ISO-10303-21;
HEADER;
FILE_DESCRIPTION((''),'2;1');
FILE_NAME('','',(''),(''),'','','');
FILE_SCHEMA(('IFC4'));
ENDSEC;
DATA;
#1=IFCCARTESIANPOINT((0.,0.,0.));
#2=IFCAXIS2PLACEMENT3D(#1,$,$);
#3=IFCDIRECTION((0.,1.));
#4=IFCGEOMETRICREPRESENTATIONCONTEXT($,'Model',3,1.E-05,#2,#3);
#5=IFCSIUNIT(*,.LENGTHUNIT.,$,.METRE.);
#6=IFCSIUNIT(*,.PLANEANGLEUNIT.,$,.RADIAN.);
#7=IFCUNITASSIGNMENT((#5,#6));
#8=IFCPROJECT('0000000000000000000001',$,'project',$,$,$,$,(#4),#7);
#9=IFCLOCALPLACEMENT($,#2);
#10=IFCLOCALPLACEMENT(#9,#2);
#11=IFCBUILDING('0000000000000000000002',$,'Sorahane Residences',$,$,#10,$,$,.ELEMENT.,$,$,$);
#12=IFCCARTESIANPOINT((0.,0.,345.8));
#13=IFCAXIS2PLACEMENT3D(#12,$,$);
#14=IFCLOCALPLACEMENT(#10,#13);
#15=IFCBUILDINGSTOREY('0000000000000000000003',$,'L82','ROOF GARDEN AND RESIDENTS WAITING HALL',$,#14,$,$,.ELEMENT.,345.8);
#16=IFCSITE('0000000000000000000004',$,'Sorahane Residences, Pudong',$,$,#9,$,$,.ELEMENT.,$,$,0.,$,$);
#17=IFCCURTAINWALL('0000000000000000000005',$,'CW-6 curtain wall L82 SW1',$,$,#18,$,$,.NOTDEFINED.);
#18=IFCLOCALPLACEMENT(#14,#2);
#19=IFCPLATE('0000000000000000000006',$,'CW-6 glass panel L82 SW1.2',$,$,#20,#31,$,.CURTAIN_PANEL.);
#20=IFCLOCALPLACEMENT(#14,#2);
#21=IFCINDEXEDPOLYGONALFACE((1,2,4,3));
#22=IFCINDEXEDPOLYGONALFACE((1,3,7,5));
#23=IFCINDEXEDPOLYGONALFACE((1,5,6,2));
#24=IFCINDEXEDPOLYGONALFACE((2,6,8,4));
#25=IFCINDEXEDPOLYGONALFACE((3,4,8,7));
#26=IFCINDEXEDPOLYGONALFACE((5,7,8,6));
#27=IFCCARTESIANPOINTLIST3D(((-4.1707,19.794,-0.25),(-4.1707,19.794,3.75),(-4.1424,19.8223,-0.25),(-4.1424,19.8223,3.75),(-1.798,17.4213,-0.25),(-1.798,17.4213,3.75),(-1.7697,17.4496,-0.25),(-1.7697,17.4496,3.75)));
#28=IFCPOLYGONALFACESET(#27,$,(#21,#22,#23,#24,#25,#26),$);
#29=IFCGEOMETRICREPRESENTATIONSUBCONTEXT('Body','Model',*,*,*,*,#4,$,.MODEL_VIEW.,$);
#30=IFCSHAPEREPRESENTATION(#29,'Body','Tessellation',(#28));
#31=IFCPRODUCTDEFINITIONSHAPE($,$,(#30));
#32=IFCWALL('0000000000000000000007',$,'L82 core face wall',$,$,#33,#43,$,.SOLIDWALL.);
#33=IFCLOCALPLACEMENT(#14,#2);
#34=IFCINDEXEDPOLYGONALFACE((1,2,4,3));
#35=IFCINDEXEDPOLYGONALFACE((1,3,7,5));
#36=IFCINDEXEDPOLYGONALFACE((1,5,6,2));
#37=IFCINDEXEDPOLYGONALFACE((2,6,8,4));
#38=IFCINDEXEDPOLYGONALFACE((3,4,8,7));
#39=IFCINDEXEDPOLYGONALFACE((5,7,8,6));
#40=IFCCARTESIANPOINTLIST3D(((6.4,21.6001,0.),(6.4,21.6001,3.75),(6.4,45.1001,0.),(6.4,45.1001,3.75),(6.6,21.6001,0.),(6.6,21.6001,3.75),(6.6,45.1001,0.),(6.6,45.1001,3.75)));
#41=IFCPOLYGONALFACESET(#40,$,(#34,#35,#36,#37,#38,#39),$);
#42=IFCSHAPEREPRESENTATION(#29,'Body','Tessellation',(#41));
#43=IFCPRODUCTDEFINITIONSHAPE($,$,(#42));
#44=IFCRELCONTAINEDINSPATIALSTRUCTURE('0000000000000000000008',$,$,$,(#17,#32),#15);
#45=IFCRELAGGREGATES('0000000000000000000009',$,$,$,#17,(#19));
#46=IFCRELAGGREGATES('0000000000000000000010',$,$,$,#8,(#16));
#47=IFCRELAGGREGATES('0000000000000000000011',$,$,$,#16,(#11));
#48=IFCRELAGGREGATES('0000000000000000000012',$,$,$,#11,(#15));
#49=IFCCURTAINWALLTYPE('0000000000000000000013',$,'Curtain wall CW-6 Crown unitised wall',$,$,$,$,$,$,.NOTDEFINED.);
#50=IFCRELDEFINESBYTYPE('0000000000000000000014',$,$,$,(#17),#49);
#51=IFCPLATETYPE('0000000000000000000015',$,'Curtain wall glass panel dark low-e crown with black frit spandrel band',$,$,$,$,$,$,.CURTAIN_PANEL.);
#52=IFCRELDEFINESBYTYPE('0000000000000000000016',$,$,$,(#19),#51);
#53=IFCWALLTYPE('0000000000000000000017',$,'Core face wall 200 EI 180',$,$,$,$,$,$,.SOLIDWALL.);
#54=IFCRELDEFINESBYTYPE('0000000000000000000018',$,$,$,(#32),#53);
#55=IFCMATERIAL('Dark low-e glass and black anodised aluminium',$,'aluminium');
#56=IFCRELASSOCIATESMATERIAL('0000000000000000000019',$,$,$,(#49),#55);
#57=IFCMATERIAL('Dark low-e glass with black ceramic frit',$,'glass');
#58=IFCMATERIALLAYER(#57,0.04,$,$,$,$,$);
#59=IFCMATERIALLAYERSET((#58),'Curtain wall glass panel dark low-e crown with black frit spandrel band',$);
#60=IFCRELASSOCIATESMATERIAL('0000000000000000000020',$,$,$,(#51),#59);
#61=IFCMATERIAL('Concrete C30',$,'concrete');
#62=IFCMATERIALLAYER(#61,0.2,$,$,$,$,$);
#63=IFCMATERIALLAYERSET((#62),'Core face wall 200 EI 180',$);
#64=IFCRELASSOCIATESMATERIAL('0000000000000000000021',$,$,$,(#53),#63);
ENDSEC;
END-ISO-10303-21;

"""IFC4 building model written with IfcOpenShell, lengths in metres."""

from ifc_helpers import new_model, si_unit, direction, frame, frame_2d, origin, origin_2d, place, context, subcontext, project, spatial, rectangle, extrude, material, layer, layer_set, type_object, element, aggregate, save


model = new_model("IFC4")

# Units and contexts
model_context = context("Model", 3, precision=1e-05, world=origin(), true_north=direction((0.0, 1.0)))
body_context = subcontext(model_context, "Body", "Model", "MODEL_VIEW")
ifc_project = project(units=[si_unit("LENGTHUNIT", "METRE"), si_unit("PLANEANGLEUNIT", "RADIAN")], contexts=[model_context])

# Site, building, storey
site_placement = place(None, origin())
site = spatial("IfcSite", under=ifc_project, at=site_placement, Name="Sorahane Residences, Pudong", CompositionType="ELEMENT", RefElevation=0.0)
building_placement = place(site_placement, origin())
building = spatial("IfcBuilding", under=site, at=building_placement, Name="Sorahane Residences", CompositionType="ELEMENT")
storey_placement = place(building_placement, frame((0.0, 0.0, 345.8)))
storey = spatial("IfcBuildingStorey", under=building, at=storey_placement, Name="L82", Description="ROOF GARDEN AND RESIDENTS WAITING HALL", CompositionType="ELEMENT", Elevation=345.8)

# Curtain wall
ifc_material_1 = material(Name="Dark low-e glass and black anodised aluminium", Category="aluminium")
curtain_wall_type = type_object("IfcCurtainWallType", Name="Curtain wall CW-6 Crown unitised wall", PredefinedType="NOTDEFINED", material=ifc_material_1)
curtain_wall_1_placement = place(storey_placement, origin())
curtain_wall_1 = element("IfcCurtainWall", 1, at=curtain_wall_1_placement, inside=storey, type_object=curtain_wall_type, Name="CW-6 curtain wall L82 SW1", PredefinedType="NOTDEFINED")

# Plate
ifc_material_2 = material(Name="Dark low-e glass with black ceramic frit", Category="glass")
ifc_layer_1 = layer(ifc_material_2, 0.04)
ifc_layer_set_1 = layer_set([ifc_layer_1], Name="Curtain wall glass panel dark low-e crown with black frit spandrel band")
plate_type = type_object("IfcPlateType", Name="Curtain wall glass panel dark low-e crown with black frit spandrel band", PredefinedType="CURTAIN_PANEL", material=ifc_layer_set_1)
plate_1_placement = place(storey_placement, frame((-2.9702, 18.6218, -0.25), z_axis=(0.0, 0.0, 1.0), x_axis=(0.707107, -0.707107, 0.0)))
plate_1 = element("IfcPlate", 2, at=plate_1_placement, type_object=plate_type, Name="CW-6 glass panel L82 SW1.2", PredefinedType="CURTAIN_PANEL", context=body_context, shape_type="SweptSolid", body=[
    extrude(rectangle(XDim=3.3555, YDim=0.04, at=origin_2d()), origin(), (0.0, 0.0, 1.0), 4.0),
])
aggregate(curtain_wall_1, [plate_1])

# Wall
ifc_material_3 = material(Name="Concrete C30", Category="concrete")
ifc_layer_2 = layer(ifc_material_3, 0.2)
ifc_layer_set_2 = layer_set([ifc_layer_2], Name="Core face wall 200 EI 180")
wall_type = type_object("IfcWallType", Name="Core face wall 200 EI 180", PredefinedType="SOLIDWALL", material=ifc_layer_set_2)
wall_placement = place(storey_placement, frame((6.5, 21.6001, 0.0), z_axis=(0.0, 0.0, 1.0), x_axis=(0.0, 1.0, 0.0)))
element("IfcWall", 3, at=wall_placement, inside=storey, type_object=wall_type, Name="L82 core face wall", PredefinedType="SOLIDWALL", context=body_context, shape_type="SweptSolid", body=[
    extrude(rectangle(XDim=23.5, YDim=0.2, at=frame_2d((11.75, 0.0))), origin(), (0.0, 0.0, 1.0), 3.75),
])

save(model, "model.ifc")
